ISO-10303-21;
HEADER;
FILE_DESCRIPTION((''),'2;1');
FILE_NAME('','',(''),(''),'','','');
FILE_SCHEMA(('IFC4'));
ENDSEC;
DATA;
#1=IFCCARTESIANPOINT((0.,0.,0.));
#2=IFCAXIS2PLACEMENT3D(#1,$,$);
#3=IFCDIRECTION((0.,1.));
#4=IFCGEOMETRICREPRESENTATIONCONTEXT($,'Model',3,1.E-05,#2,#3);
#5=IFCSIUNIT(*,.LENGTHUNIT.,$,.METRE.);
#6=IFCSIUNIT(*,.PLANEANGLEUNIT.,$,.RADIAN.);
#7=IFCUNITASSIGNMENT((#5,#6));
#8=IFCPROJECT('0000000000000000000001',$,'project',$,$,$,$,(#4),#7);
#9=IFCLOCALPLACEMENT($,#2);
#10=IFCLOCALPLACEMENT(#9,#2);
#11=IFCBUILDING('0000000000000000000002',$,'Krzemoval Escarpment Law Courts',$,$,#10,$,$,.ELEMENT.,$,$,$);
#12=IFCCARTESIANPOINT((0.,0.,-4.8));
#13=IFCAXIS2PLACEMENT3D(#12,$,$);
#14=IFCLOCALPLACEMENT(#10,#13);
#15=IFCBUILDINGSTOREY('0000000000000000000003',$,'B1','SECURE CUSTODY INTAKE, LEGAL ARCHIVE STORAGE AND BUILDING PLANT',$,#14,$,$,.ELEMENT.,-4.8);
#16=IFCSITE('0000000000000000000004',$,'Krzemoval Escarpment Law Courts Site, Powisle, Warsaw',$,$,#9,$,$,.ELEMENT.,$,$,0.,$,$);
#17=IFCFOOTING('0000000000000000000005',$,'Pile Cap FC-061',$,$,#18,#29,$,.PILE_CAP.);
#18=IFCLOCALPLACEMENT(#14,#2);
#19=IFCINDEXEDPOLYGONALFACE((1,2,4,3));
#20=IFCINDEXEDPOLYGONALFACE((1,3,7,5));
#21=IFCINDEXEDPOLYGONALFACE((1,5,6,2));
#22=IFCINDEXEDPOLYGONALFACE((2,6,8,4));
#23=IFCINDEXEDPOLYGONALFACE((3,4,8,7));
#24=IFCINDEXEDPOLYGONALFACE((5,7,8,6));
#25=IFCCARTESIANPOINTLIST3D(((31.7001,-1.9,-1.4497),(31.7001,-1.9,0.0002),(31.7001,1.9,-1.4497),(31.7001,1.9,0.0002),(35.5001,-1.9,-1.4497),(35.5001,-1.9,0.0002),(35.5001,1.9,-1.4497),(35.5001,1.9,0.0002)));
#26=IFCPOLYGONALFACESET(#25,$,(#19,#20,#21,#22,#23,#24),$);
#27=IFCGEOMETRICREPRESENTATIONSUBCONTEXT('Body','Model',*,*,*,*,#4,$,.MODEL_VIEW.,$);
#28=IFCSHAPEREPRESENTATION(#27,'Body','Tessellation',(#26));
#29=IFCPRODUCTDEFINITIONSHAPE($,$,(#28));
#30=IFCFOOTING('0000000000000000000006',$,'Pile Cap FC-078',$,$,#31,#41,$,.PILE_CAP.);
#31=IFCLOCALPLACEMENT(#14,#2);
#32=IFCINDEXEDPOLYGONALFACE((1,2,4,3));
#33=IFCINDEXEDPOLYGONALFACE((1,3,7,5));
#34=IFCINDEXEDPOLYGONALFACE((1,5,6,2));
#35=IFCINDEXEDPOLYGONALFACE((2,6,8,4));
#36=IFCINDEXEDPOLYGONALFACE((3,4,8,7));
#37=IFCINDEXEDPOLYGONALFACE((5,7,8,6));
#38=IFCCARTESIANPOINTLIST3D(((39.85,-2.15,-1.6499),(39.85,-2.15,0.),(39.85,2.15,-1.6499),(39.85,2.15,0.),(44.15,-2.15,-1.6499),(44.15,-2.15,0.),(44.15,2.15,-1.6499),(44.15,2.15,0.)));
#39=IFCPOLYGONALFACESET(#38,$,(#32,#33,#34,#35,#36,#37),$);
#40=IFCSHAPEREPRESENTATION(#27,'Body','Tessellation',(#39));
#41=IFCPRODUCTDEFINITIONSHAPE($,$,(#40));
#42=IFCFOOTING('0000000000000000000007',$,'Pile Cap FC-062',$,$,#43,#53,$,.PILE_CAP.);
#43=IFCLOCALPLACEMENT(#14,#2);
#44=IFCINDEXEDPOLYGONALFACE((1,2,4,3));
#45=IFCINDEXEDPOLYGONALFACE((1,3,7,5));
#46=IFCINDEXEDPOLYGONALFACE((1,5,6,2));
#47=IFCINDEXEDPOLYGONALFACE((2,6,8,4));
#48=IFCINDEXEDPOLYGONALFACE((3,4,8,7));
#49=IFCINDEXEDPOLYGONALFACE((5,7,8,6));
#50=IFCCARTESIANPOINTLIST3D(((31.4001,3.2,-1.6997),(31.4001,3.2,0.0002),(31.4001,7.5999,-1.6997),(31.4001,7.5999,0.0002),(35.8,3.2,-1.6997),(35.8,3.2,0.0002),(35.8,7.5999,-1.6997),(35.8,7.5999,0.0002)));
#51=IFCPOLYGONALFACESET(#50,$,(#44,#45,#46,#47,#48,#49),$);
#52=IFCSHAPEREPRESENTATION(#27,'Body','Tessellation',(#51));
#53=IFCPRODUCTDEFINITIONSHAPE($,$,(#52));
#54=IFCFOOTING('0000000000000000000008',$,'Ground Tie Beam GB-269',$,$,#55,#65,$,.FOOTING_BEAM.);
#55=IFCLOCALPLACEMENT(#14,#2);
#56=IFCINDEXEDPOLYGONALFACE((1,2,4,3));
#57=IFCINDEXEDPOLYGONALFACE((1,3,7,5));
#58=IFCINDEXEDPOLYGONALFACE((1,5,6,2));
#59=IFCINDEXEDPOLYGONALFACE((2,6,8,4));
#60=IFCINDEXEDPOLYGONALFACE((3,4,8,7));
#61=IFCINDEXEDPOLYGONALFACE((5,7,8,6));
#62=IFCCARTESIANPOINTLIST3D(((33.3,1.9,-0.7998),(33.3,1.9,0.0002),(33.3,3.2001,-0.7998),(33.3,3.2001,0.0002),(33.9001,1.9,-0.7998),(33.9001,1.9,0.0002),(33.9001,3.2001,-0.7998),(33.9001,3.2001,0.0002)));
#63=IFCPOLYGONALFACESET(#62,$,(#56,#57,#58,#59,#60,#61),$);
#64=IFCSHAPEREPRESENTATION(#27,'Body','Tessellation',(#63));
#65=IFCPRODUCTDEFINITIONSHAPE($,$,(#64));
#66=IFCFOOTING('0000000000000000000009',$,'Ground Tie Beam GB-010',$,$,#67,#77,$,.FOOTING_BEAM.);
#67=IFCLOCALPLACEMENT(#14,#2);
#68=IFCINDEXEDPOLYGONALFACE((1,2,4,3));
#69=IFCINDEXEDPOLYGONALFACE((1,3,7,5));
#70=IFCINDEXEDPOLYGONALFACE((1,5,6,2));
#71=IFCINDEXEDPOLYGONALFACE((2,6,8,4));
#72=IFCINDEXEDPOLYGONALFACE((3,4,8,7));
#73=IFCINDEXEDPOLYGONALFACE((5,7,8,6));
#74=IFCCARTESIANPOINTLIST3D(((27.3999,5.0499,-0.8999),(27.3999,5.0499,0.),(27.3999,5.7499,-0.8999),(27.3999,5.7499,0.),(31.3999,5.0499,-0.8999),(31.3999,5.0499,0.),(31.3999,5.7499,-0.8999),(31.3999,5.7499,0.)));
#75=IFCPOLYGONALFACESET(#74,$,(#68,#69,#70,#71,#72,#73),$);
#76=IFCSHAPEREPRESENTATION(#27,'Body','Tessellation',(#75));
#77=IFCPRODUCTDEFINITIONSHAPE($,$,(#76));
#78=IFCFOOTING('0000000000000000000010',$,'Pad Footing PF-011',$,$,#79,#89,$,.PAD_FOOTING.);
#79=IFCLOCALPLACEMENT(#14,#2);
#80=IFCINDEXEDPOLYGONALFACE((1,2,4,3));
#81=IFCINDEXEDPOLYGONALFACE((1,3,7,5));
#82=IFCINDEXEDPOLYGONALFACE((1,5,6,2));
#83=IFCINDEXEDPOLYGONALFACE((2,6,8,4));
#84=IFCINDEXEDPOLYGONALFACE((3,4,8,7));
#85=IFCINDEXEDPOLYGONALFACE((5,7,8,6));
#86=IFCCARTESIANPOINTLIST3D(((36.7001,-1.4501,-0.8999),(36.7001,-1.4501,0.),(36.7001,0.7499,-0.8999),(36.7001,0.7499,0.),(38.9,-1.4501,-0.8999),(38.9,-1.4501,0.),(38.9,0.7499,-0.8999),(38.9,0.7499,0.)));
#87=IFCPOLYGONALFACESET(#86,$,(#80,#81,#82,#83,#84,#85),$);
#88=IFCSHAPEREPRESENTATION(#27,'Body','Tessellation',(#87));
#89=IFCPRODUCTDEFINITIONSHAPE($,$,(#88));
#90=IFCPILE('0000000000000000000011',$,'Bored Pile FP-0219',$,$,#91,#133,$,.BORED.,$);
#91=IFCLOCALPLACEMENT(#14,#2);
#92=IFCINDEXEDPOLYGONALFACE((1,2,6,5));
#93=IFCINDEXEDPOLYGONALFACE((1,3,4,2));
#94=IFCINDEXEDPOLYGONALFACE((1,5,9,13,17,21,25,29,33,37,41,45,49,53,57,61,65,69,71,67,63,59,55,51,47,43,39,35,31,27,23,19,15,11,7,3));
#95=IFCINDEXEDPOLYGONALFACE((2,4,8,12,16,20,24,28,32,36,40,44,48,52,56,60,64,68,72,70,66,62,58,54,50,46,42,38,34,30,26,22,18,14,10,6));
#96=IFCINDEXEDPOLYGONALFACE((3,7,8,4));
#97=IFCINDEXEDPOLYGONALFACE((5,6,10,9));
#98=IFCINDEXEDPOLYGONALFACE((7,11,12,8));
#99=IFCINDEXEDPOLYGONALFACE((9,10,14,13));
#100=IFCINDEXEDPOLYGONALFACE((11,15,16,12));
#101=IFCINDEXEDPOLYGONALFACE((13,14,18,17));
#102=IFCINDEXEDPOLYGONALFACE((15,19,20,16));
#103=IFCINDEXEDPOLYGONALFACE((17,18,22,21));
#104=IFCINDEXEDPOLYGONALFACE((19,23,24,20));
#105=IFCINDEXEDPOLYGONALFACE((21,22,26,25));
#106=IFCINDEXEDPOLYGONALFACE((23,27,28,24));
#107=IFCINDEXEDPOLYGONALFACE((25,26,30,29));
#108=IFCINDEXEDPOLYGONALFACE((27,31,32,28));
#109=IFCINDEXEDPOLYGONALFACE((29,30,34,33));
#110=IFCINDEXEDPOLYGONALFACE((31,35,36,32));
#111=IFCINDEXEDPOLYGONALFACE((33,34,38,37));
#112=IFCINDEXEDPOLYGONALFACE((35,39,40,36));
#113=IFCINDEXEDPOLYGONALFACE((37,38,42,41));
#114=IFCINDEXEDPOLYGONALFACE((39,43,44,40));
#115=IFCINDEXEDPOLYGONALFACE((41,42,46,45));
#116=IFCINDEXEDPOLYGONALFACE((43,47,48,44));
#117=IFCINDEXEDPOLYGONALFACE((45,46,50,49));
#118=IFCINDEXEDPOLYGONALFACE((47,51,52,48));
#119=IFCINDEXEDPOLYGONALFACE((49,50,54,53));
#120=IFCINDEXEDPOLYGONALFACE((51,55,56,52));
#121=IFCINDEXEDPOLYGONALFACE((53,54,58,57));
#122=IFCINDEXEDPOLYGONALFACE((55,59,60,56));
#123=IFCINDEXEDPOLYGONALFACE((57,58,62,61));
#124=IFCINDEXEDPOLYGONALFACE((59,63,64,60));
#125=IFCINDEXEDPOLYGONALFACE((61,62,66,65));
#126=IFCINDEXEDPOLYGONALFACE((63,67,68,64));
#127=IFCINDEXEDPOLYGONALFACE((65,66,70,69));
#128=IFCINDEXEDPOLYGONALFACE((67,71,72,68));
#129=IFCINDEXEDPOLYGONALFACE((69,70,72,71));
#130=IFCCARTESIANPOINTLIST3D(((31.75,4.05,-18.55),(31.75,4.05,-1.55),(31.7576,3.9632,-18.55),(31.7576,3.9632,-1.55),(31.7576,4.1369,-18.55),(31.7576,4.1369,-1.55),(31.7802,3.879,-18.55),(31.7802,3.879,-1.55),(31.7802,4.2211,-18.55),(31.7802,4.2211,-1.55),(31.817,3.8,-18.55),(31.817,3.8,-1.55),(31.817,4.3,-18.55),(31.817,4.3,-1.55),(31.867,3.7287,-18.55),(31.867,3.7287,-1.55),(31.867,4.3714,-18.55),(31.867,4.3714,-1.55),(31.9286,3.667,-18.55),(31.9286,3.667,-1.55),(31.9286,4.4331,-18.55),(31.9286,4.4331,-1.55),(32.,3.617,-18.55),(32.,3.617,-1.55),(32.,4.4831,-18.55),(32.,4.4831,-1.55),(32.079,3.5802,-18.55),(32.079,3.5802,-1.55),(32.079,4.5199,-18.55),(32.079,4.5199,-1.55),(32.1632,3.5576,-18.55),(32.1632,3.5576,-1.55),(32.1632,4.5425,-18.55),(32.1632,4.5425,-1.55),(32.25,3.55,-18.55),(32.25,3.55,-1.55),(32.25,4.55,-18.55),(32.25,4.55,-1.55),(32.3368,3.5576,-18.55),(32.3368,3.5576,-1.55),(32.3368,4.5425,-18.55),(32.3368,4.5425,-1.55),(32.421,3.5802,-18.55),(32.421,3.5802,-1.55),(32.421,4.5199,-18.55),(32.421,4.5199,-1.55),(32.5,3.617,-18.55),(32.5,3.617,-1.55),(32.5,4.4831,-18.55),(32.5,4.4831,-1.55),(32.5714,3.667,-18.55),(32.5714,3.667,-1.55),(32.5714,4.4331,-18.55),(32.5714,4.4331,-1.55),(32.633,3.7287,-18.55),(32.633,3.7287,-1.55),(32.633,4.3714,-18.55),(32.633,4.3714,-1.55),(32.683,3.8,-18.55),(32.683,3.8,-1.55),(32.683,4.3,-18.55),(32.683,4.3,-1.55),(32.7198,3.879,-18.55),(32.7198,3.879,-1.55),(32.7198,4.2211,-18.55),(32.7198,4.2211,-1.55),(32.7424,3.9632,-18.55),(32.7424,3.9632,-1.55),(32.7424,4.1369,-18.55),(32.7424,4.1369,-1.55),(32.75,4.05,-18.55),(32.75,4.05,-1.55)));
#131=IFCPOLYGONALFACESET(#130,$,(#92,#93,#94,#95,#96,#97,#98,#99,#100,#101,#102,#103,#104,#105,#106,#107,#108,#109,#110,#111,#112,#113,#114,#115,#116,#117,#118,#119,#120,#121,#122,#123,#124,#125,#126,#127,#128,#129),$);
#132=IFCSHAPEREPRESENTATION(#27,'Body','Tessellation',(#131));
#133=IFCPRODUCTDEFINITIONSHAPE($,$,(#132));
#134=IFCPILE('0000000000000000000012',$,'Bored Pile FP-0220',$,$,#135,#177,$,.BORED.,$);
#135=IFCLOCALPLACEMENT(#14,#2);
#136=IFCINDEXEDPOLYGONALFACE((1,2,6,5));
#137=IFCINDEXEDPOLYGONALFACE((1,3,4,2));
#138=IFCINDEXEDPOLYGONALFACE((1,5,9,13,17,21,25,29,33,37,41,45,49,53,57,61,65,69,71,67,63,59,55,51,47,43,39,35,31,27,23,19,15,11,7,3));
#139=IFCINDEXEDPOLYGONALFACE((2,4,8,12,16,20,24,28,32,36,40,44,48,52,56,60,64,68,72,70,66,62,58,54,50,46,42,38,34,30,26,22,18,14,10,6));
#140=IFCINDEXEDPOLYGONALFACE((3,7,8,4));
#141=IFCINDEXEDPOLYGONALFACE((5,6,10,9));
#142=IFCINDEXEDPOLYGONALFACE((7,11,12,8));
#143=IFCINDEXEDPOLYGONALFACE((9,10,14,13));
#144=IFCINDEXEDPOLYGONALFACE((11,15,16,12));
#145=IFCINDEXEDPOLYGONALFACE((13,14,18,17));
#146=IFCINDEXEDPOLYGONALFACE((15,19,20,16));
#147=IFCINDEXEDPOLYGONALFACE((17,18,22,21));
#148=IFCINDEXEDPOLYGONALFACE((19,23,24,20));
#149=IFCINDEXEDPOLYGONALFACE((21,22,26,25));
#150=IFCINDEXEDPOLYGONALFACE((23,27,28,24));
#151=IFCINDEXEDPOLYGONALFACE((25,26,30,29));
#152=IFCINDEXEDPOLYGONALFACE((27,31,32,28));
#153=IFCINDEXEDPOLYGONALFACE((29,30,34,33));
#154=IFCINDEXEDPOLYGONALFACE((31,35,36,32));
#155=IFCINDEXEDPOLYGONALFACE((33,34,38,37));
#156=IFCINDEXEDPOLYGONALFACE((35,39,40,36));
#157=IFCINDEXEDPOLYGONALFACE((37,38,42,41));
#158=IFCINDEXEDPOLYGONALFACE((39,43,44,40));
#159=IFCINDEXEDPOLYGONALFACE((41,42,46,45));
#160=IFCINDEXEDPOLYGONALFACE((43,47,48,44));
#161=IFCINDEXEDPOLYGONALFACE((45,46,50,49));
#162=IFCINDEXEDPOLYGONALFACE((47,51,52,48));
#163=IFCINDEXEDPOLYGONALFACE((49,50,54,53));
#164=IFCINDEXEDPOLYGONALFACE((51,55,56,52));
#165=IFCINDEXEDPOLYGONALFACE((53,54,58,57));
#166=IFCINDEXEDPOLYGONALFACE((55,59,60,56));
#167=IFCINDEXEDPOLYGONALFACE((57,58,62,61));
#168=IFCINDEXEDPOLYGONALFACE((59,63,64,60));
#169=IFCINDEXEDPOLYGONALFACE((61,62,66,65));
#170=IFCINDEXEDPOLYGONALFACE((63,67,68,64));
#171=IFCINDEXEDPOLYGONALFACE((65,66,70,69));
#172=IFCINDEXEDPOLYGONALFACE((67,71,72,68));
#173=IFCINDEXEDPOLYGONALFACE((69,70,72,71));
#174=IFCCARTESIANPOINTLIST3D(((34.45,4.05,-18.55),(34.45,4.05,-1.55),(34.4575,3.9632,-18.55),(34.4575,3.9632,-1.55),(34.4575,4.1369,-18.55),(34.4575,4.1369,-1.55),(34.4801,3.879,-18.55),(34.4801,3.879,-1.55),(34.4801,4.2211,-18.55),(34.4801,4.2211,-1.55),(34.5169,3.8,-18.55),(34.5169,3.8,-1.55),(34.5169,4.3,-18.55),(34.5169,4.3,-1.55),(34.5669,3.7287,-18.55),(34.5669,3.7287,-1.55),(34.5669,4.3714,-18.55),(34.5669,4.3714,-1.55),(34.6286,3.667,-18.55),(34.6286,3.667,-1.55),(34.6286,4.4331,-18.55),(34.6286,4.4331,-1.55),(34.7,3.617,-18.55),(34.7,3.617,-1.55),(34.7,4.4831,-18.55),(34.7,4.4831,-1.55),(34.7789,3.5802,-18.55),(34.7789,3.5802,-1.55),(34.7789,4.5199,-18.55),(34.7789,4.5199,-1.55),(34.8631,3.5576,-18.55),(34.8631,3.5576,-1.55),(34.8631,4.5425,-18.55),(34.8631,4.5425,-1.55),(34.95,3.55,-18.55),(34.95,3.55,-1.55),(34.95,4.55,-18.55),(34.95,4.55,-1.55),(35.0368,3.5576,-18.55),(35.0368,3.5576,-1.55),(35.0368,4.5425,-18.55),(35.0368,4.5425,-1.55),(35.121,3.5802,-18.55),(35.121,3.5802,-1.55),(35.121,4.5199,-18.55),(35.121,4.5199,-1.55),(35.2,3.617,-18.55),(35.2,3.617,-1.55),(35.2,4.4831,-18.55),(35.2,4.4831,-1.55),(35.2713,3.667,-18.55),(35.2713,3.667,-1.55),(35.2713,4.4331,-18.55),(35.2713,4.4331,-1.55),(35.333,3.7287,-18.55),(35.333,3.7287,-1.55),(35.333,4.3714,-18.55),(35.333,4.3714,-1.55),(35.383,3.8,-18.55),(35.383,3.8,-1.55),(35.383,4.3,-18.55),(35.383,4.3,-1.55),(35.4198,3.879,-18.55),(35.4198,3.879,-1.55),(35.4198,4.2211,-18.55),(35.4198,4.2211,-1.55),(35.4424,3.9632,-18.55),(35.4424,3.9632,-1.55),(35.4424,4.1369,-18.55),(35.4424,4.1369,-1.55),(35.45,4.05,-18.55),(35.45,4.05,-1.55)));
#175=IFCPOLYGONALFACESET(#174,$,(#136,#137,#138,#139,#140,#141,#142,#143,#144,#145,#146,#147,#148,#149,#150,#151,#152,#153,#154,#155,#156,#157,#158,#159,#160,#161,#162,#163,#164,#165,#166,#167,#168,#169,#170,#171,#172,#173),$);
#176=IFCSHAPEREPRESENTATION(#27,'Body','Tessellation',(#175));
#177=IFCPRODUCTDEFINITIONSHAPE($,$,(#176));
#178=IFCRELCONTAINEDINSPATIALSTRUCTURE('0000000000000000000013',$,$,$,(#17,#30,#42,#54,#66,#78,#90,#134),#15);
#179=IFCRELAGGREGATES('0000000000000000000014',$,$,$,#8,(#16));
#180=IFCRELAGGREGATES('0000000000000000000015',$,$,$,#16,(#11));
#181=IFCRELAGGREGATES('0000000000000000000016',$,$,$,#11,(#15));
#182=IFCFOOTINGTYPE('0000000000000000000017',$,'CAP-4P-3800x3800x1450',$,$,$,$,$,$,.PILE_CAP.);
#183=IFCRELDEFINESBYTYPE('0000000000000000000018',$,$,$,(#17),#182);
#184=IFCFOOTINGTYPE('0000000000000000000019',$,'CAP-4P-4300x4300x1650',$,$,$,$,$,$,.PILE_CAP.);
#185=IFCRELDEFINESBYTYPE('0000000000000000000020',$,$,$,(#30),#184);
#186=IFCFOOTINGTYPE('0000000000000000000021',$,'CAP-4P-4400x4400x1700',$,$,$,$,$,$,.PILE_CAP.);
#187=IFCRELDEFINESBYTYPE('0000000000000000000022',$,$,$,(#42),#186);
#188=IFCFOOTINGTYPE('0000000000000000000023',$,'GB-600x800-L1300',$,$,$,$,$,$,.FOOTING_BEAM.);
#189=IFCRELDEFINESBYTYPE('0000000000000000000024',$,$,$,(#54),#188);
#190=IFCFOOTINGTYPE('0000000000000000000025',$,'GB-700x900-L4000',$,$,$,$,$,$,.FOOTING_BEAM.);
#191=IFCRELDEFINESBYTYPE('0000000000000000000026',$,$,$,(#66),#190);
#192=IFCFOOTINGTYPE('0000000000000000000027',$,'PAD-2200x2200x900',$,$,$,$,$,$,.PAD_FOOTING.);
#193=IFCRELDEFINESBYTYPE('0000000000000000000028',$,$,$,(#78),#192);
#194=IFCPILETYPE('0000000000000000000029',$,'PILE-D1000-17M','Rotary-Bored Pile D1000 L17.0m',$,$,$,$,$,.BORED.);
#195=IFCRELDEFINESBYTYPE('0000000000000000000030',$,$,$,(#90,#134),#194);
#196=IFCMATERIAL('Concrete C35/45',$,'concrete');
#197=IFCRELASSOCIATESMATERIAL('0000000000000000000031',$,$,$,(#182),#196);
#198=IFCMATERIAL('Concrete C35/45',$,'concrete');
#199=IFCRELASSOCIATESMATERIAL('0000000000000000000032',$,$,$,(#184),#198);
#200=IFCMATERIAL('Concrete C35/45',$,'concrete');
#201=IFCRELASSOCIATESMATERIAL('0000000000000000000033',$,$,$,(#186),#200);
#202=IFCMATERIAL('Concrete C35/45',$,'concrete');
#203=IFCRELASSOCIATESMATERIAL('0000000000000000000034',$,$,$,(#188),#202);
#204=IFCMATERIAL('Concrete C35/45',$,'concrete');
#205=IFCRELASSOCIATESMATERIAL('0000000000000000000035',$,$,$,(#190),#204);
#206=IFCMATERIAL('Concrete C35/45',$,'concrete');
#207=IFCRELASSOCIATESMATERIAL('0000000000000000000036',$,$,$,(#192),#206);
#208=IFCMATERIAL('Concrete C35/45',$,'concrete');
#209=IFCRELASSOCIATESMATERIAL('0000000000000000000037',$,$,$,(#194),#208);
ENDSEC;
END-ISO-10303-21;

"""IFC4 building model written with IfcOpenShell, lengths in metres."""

from ifc_helpers import new_model, si_unit, direction, frame, origin, origin_2d, place, context, subcontext, project, spatial, rectangle, circle, extrude, material, material_profile, profile_set, type_object, element, save


model = new_model("IFC4")

# Units and contexts
model_context = context("Model", 3, precision=1e-05, world=origin(), true_north=direction((0.0, 1.0)))
body_context = subcontext(model_context, "Body", "Model", "MODEL_VIEW")
ifc_project = project(units=[si_unit("LENGTHUNIT", "METRE"), si_unit("PLANEANGLEUNIT", "RADIAN")], contexts=[model_context])

# Site, building, storey
site_placement = place(None, origin())
site = spatial("IfcSite", under=ifc_project, at=site_placement, Name="Krzemoval Escarpment Law Courts Site, Powisle, Warsaw", CompositionType="ELEMENT", RefElevation=0.0)
building_placement = place(site_placement, origin())
building = spatial("IfcBuilding", under=site, at=building_placement, Name="Krzemoval Escarpment Law Courts", CompositionType="ELEMENT")
storey_placement = place(building_placement, frame((0.0, 0.0, -4.8)))
storey = spatial("IfcBuildingStorey", under=building, at=storey_placement, Name="B1", Description="SECURE CUSTODY INTAKE, LEGAL ARCHIVE STORAGE AND BUILDING PLANT", CompositionType="ELEMENT", Elevation=-4.8)

# Footings
ifc_material_1 = material(Name="Concrete C35/45", Category="concrete")
footing_type_1 = type_object("IfcFootingType", Name="CAP-4P-3800x3800x1450", PredefinedType="PILE_CAP", material=ifc_material_1)
footing_1_placement = place(storey_placement, frame((33.6001, 0.0, -1.4497), z_axis=(0.0, 0.0, 1.0), x_axis=(1.0, 0.0, 0.0)))
element("IfcFooting", 1, at=footing_1_placement, inside=storey, type_object=footing_type_1, Name="Pile Cap FC-061", PredefinedType="PILE_CAP", context=body_context, shape_type="SweptSolid", body=[
    extrude(rectangle(XDim=3.8, YDim=3.8, at=origin_2d()), origin(), (0.0, 0.0, 1.0), 1.45),
])
ifc_material_2 = material(Name="Concrete C35/45", Category="concrete")
footing_type_2 = type_object("IfcFootingType", Name="CAP-4P-4300x4300x1650", PredefinedType="PILE_CAP", material=ifc_material_2)
footing_2_placement = place(storey_placement, frame((42.0, 0.0, -1.6499), z_axis=(0.0, 0.0, 1.0), x_axis=(1.0, 0.0, 0.0)))
element("IfcFooting", 2, at=footing_2_placement, inside=storey, type_object=footing_type_2, Name="Pile Cap FC-078", PredefinedType="PILE_CAP", context=body_context, shape_type="SweptSolid", body=[
    extrude(rectangle(XDim=4.3, YDim=4.3, at=origin_2d()), origin(), (0.0, 0.0, 1.0), 1.6499),
])
ifc_material_3 = material(Name="Concrete C35/45", Category="concrete")
footing_type_3 = type_object("IfcFootingType", Name="CAP-4P-4400x4400x1700", PredefinedType="PILE_CAP", material=ifc_material_3)
footing_3_placement = place(storey_placement, frame((33.6001, 5.3999, -1.6997), z_axis=(0.0, 0.0, 1.0), x_axis=(1.0, 0.0, 0.0)))
element("IfcFooting", 3, at=footing_3_placement, inside=storey, type_object=footing_type_3, Name="Pile Cap FC-062", PredefinedType="PILE_CAP", context=body_context, shape_type="SweptSolid", body=[
    extrude(rectangle(XDim=4.3999, YDim=4.3999, at=origin_2d()), origin(), (0.0, 0.0, 1.0), 1.7),
])
ifc_material_4 = material(Name="Concrete C35/45", Category="concrete")
footing_type_4 = type_object("IfcFootingType", Name="GB-600x800-L1300", PredefinedType="FOOTING_BEAM", material=ifc_material_4)
footing_4_placement = place(storey_placement, frame((33.6001, 2.55, -0.7998), z_axis=(0.0, 0.0, 1.0), x_axis=(0.0, 1.0, 0.0)))
element("IfcFooting", 4, at=footing_4_placement, inside=storey, type_object=footing_type_4, Name="Ground Tie Beam GB-269", PredefinedType="FOOTING_BEAM", context=body_context, shape_type="SweptSolid", body=[
    extrude(rectangle(XDim=1.3, YDim=0.6001, at=origin_2d()), origin(), (0.0, 0.0, 1.0), 0.8),
])
ifc_material_5 = material(Name="Concrete C35/45", Category="concrete")
footing_type_5 = type_object("IfcFootingType", Name="GB-700x900-L4000", PredefinedType="FOOTING_BEAM", material=ifc_material_5)
footing_5_placement = place(storey_placement, frame((29.3999, 5.3999, -0.8999), z_axis=(0.0, 0.0, 1.0), x_axis=(1.0, 0.0, 0.0)))
element("IfcFooting", 5, at=footing_5_placement, inside=storey, type_object=footing_type_5, Name="Ground Tie Beam GB-010", PredefinedType="FOOTING_BEAM", context=body_context, shape_type="SweptSolid", body=[
    extrude(rectangle(XDim=4.0, YDim=0.7, at=origin_2d()), origin(), (0.0, 0.0, 1.0), 0.8999),
])
ifc_material_6 = material(Name="Concrete C35/45", Category="concrete")
footing_type_6 = type_object("IfcFootingType", Name="PAD-2200x2200x900", PredefinedType="PAD_FOOTING", material=ifc_material_6)
footing_6_placement = place(storey_placement, frame((37.8, -0.3501, -0.8999), z_axis=(0.0, 0.0, 1.0), x_axis=(1.0, 0.0, 0.0)))
element("IfcFooting", 6, at=footing_6_placement, inside=storey, type_object=footing_type_6, Name="Pad Footing PF-011", PredefinedType="PAD_FOOTING", context=body_context, shape_type="SweptSolid", body=[
    extrude(rectangle(XDim=2.2, YDim=2.2, at=origin_2d()), origin(), (0.0, 0.0, 1.0), 0.8999),
])

# Piles
ifc_material_7 = material(Name="Concrete C35/45", Category="concrete")
ifc_material_profile_1 = material_profile(ifc_material_7, circle(Radius=0.5, at=origin_2d()), Name="PILE D1000")
ifc_profile_set_1 = profile_set([ifc_material_profile_1], Name="Concrete C35/45")
pile_type_1 = type_object("IfcPileType", Name="PILE-D1000-17M", Description="Rotary-Bored Pile D1000 L17.0m", PredefinedType="BORED", material=ifc_profile_set_1)
for number, where, z_axis, x_axis, name in (
    (7, (32.25, 4.05, -1.55), (0.0, 0.0, -1.0), (1.0, 0.0, 0.0), "Bored Pile FP-0219"),
    (8, (34.95, 4.05, -1.55), (0.0, 0.0, -1.0), (1.0, 0.0, 0.0), "Bored Pile FP-0220"),
):
    element("IfcPile", number, at=place(storey_placement, frame(where, z_axis=z_axis, x_axis=x_axis)), inside=storey, type_object=pile_type_1, Name=name, PredefinedType="BORED", context=body_context, shape_type="SweptSolid", body=[
        extrude(circle(Radius=0.5, at=origin_2d()), origin(), (0.0, 0.0, 1.0), 17.0),
    ])

save(model, "model.ifc")
